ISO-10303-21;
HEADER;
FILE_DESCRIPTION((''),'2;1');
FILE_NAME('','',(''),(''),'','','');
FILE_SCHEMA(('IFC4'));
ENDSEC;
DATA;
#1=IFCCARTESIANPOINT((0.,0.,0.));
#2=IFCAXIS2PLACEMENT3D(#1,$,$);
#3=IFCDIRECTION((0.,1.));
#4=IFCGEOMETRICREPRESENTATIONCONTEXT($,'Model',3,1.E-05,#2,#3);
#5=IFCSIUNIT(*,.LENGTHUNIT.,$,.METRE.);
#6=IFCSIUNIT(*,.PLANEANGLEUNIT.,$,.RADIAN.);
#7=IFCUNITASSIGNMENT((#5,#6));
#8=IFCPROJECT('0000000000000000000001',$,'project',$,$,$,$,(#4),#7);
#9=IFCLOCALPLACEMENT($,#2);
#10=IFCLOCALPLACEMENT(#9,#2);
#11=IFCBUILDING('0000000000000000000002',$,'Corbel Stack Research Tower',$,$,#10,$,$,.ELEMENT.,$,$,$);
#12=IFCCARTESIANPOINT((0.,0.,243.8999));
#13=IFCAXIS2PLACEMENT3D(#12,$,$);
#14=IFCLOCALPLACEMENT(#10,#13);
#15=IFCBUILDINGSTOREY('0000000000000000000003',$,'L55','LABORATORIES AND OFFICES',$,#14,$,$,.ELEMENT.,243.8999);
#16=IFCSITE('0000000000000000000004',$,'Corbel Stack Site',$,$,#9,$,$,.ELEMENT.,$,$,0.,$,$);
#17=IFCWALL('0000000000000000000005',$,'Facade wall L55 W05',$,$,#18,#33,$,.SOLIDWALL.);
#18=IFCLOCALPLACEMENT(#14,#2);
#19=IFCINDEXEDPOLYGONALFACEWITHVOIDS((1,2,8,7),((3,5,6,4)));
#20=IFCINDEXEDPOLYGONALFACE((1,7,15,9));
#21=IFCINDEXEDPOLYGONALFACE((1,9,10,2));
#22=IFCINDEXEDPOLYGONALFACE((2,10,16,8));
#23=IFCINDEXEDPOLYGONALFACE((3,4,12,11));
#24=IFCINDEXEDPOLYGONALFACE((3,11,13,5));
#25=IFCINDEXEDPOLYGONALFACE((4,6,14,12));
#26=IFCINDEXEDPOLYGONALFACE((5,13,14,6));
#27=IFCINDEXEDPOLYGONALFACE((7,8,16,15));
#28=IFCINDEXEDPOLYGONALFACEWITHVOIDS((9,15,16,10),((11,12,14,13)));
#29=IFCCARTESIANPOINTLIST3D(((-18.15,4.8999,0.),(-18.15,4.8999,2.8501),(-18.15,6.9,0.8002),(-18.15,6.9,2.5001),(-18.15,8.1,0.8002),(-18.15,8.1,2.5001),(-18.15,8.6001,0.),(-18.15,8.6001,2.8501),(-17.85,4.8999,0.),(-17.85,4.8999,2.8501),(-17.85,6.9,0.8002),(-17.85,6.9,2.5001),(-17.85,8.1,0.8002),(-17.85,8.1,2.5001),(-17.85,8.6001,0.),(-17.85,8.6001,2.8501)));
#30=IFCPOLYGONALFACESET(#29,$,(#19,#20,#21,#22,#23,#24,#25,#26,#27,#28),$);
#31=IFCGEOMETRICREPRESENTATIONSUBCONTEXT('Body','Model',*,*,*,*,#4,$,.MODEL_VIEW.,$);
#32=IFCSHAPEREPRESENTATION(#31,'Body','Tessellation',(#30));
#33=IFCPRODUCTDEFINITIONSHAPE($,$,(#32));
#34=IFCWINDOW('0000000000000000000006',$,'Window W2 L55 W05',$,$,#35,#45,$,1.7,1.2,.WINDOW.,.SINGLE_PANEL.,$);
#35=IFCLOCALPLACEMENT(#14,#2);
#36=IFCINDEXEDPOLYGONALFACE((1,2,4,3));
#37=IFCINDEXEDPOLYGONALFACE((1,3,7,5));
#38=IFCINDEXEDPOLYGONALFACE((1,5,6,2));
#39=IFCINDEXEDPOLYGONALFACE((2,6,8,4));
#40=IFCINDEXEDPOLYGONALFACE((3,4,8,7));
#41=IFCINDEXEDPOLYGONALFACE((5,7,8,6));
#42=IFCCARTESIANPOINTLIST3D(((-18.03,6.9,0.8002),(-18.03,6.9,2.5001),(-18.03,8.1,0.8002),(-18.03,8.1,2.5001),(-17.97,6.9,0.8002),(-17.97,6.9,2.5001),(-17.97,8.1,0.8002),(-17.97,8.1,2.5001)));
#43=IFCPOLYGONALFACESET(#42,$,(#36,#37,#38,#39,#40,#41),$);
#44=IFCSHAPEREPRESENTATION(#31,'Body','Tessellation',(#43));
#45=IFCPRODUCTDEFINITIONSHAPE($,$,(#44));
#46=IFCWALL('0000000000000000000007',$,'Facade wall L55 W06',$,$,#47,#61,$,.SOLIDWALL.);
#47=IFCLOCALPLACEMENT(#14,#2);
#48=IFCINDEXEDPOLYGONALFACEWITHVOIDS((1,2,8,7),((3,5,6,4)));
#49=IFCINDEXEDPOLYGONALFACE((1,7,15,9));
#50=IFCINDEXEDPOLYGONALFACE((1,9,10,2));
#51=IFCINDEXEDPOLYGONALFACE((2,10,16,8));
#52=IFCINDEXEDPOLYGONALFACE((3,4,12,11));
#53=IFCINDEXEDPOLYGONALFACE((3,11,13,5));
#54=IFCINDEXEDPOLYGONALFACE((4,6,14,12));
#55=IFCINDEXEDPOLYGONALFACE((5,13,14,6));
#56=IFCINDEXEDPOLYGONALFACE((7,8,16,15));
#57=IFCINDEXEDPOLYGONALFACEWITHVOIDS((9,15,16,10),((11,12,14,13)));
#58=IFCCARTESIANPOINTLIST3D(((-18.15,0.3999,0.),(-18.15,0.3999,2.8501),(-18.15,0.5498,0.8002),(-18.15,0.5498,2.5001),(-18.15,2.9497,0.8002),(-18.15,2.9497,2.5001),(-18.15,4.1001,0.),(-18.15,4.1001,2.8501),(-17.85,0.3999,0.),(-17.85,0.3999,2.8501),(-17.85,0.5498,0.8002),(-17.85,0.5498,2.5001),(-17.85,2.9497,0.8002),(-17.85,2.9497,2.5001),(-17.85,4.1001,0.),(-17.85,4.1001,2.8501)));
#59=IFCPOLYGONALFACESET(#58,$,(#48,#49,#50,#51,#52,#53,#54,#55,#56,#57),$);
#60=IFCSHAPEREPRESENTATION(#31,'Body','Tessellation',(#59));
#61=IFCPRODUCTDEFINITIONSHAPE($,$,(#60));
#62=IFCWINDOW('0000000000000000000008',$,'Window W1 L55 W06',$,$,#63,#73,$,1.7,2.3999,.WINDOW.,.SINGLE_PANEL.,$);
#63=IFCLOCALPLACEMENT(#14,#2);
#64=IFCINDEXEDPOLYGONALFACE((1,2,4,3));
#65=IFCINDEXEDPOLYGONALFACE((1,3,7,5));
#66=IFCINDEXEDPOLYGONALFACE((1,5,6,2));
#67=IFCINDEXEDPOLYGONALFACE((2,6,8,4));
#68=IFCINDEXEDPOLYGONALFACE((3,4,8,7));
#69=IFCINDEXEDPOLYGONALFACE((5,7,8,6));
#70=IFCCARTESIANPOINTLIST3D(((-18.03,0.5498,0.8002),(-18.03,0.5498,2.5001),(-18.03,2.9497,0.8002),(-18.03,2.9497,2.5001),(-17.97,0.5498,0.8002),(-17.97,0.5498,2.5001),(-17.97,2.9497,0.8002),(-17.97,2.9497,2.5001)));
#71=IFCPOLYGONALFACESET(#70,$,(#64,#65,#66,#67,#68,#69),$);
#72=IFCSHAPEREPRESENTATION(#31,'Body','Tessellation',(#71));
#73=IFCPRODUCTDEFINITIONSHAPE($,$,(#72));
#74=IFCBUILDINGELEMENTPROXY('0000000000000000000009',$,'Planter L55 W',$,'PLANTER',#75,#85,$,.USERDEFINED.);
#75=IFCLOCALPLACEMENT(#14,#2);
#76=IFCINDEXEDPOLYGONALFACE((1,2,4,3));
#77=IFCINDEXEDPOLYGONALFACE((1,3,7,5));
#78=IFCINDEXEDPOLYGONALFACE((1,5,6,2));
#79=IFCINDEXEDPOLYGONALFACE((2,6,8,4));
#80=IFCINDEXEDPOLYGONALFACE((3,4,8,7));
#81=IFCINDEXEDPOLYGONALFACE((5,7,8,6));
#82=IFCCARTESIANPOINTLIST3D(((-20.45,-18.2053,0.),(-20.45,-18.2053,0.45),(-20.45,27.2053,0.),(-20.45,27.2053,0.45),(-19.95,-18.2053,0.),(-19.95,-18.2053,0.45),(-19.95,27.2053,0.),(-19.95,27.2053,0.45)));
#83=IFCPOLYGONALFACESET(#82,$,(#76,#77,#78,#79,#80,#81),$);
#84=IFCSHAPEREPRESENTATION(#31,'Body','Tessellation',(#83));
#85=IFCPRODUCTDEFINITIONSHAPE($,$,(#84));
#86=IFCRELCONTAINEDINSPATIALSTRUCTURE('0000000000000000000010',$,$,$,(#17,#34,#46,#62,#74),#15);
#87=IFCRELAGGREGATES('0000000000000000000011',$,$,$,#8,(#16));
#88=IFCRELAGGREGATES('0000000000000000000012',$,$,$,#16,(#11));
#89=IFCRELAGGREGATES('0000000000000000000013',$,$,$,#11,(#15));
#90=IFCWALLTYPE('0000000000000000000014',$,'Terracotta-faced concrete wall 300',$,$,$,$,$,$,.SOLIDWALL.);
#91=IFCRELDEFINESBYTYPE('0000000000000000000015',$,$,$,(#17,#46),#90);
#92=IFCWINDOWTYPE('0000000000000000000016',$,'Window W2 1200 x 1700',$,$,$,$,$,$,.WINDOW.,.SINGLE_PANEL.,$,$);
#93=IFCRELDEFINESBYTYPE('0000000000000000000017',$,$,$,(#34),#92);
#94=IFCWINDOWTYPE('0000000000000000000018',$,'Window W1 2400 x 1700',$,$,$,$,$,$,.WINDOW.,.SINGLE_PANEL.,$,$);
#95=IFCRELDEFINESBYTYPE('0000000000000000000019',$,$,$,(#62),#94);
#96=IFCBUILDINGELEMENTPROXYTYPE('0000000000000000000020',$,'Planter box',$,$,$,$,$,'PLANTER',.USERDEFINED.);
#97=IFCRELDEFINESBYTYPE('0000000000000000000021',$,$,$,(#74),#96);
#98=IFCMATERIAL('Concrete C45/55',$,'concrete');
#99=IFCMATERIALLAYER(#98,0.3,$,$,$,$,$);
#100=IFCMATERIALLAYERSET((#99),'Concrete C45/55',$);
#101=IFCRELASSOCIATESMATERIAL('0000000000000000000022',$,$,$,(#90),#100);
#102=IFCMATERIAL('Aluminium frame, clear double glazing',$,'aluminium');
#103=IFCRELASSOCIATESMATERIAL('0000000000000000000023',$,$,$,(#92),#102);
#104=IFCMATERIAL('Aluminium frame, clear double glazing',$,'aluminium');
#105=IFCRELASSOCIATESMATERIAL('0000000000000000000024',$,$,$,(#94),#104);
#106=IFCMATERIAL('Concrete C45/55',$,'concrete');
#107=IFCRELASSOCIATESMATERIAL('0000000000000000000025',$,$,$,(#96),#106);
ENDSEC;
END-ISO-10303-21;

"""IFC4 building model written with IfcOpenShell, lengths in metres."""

from ifc_helpers import new_model, si_unit, direction, frame, frame_2d, origin, origin_2d, place, context, subcontext, project, spatial, rectangle, extrude, material, layer, layer_set, type_object, element, fill, save


model = new_model("IFC4")

# Units and contexts
model_context = context("Model", 3, precision=1e-05, world=origin(), true_north=direction((0.0, 1.0)))
body_context = subcontext(model_context, "Body", "Model", "MODEL_VIEW")
ifc_project = project(units=[si_unit("LENGTHUNIT", "METRE"), si_unit("PLANEANGLEUNIT", "RADIAN")], contexts=[model_context])

# Site, building, storey
site_placement = place(None, origin())
site = spatial("IfcSite", under=ifc_project, at=site_placement, Name="Corbel Stack Site", CompositionType="ELEMENT", RefElevation=0.0)
building_placement = place(site_placement, origin())
building = spatial("IfcBuilding", under=site, at=building_placement, Name="Corbel Stack Research Tower", CompositionType="ELEMENT")
storey_placement = place(building_placement, frame((0.0, 0.0, 243.8999)))
storey = spatial("IfcBuildingStorey", under=building, at=storey_placement, Name="L55", Description="LABORATORIES AND OFFICES", CompositionType="ELEMENT", Elevation=243.8999)

# Walls, openings, windows
ifc_material_1 = material(Name="Concrete C45/55", Category="concrete")
ifc_layer_1 = layer(ifc_material_1, 0.3)
ifc_layer_set_1 = layer_set([ifc_layer_1], Name="Concrete C45/55")
wall_type_1 = type_object("IfcWallType", Name="Terracotta-faced concrete wall 300", PredefinedType="SOLIDWALL", material=ifc_layer_set_1)
wall_1_placement = place(storey_placement, frame((-18.0, 4.8999, 0.0), z_axis=(0.0, 0.0, 1.0), x_axis=(0.0, 1.0, 0.0)))
wall_1 = element("IfcWall", 1, at=wall_1_placement, inside=storey, type_object=wall_type_1, Name="Facade wall L55 W05", PredefinedType="SOLIDWALL", context=body_context, shape_type="SweptSolid", body=[
    extrude(rectangle(XDim=3.7002, YDim=0.3, at=frame_2d((1.8501, 0.0))), origin(), (0.0, 0.0, 1.0), 2.8501),
])
opening_1_placement = place(wall_1_placement, frame((2.0, 0.0, 0.8)))
opening_1 = element("IfcOpeningElement", 2, at=opening_1_placement, cuts=wall_1, PredefinedType="OPENING", context=body_context, shape_type="SweptSolid", body=[
    extrude(rectangle(XDim=1.2, YDim=1.7, at=frame_2d((0.6001, 0.8501))), frame((0.0, 0.1599, 0.0), z_axis=(0.0, -1.0, 0.0), x_axis=(1.0, 0.0, 0.0)), (0.0, 0.0, 1.0), 0.3201),
])
ifc_material_2 = material(Name="Aluminium frame, clear double glazing", Category="aluminium")
window_type_1 = type_object("IfcWindowType", Name="Window W2 1200 x 1700", PartitioningType="SINGLE_PANEL", PredefinedType="WINDOW", material=ifc_material_2)
window_1_placement = place(opening_1_placement, origin())
window_1 = element("IfcWindow", 3, at=window_1_placement, inside=storey, type_object=window_type_1, Name="Window W2 L55 W05", OverallHeight=1.7, OverallWidth=1.2, PartitioningType="SINGLE_PANEL", PredefinedType="WINDOW", context=body_context, shape_type="SweptSolid", body=[
    extrude(rectangle(XDim=1.2, YDim=1.7, at=frame_2d((0.6001, 0.8501))), frame((0.0, 0.03, 0.0), z_axis=(0.0, -1.0, 0.0), x_axis=(1.0, 0.0, 0.0)), (0.0, 0.0, 1.0), 0.0601),
])
fill(opening_1, window_1)
wall_2_placement = place(storey_placement, frame((-18.0, 0.3999, 0.0), z_axis=(0.0, 0.0, 1.0), x_axis=(0.0, 1.0, 0.0)))
wall_2 = element("IfcWall", 4, at=wall_2_placement, inside=storey, type_object=wall_type_1, Name="Facade wall L55 W06", PredefinedType="SOLIDWALL", context=body_context, shape_type="SweptSolid", body=[
    extrude(rectangle(XDim=3.7002, YDim=0.3, at=frame_2d((1.8501, 0.0))), origin(), (0.0, 0.0, 1.0), 2.8501),
])
opening_2_placement = place(wall_2_placement, frame((0.1499, 0.0, 0.8)))
opening_2 = element("IfcOpeningElement", 5, at=opening_2_placement, cuts=wall_2, PredefinedType="OPENING", context=body_context, shape_type="SweptSolid", body=[
    extrude(rectangle(XDim=2.3999, YDim=1.7, at=frame_2d((1.2, 0.8501))), frame((0.0, 0.1599, 0.0), z_axis=(0.0, -1.0, 0.0), x_axis=(1.0, 0.0, 0.0)), (0.0, 0.0, 1.0), 0.3201),
])
ifc_material_3 = material(Name="Aluminium frame, clear double glazing", Category="aluminium")
window_type_2 = type_object("IfcWindowType", Name="Window W1 2400 x 1700", PartitioningType="SINGLE_PANEL", PredefinedType="WINDOW", material=ifc_material_3)
window_2_placement = place(opening_2_placement, origin())
window_2 = element("IfcWindow", 6, at=window_2_placement, inside=storey, type_object=window_type_2, Name="Window W1 L55 W06", OverallHeight=1.7, OverallWidth=2.3999, PartitioningType="SINGLE_PANEL", PredefinedType="WINDOW", context=body_context, shape_type="SweptSolid", body=[
    extrude(rectangle(XDim=2.3999, YDim=1.7, at=frame_2d((1.2, 0.8501))), frame((0.0, 0.03, 0.0), z_axis=(0.0, -1.0, 0.0), x_axis=(1.0, 0.0, 0.0)), (0.0, 0.0, 1.0), 0.0601),
])
fill(opening_2, window_2)

# Building element proxy
ifc_material_4 = material(Name="Concrete C45/55", Category="concrete")
building_element_proxy_type = type_object("IfcBuildingElementProxyType", Name="Planter box", ElementType="PLANTER", PredefinedType="USERDEFINED", material=ifc_material_4)
proxy_placement = place(storey_placement, frame((-20.2, 4.5, 0.0), z_axis=(0.0, 0.0, 1.0), x_axis=(0.0, -1.0, 0.0)))
element("IfcBuildingElementProxy", 7, at=proxy_placement, inside=storey, type_object=building_element_proxy_type, Name="Planter L55 W", ObjectType="PLANTER", PredefinedType="USERDEFINED", context=body_context, shape_type="SweptSolid", body=[
    extrude(rectangle(XDim=45.4106, YDim=0.5, at=origin_2d()), origin(), (0.0, 0.0, 1.0), 0.45),
])

save(model, "model.ifc")
